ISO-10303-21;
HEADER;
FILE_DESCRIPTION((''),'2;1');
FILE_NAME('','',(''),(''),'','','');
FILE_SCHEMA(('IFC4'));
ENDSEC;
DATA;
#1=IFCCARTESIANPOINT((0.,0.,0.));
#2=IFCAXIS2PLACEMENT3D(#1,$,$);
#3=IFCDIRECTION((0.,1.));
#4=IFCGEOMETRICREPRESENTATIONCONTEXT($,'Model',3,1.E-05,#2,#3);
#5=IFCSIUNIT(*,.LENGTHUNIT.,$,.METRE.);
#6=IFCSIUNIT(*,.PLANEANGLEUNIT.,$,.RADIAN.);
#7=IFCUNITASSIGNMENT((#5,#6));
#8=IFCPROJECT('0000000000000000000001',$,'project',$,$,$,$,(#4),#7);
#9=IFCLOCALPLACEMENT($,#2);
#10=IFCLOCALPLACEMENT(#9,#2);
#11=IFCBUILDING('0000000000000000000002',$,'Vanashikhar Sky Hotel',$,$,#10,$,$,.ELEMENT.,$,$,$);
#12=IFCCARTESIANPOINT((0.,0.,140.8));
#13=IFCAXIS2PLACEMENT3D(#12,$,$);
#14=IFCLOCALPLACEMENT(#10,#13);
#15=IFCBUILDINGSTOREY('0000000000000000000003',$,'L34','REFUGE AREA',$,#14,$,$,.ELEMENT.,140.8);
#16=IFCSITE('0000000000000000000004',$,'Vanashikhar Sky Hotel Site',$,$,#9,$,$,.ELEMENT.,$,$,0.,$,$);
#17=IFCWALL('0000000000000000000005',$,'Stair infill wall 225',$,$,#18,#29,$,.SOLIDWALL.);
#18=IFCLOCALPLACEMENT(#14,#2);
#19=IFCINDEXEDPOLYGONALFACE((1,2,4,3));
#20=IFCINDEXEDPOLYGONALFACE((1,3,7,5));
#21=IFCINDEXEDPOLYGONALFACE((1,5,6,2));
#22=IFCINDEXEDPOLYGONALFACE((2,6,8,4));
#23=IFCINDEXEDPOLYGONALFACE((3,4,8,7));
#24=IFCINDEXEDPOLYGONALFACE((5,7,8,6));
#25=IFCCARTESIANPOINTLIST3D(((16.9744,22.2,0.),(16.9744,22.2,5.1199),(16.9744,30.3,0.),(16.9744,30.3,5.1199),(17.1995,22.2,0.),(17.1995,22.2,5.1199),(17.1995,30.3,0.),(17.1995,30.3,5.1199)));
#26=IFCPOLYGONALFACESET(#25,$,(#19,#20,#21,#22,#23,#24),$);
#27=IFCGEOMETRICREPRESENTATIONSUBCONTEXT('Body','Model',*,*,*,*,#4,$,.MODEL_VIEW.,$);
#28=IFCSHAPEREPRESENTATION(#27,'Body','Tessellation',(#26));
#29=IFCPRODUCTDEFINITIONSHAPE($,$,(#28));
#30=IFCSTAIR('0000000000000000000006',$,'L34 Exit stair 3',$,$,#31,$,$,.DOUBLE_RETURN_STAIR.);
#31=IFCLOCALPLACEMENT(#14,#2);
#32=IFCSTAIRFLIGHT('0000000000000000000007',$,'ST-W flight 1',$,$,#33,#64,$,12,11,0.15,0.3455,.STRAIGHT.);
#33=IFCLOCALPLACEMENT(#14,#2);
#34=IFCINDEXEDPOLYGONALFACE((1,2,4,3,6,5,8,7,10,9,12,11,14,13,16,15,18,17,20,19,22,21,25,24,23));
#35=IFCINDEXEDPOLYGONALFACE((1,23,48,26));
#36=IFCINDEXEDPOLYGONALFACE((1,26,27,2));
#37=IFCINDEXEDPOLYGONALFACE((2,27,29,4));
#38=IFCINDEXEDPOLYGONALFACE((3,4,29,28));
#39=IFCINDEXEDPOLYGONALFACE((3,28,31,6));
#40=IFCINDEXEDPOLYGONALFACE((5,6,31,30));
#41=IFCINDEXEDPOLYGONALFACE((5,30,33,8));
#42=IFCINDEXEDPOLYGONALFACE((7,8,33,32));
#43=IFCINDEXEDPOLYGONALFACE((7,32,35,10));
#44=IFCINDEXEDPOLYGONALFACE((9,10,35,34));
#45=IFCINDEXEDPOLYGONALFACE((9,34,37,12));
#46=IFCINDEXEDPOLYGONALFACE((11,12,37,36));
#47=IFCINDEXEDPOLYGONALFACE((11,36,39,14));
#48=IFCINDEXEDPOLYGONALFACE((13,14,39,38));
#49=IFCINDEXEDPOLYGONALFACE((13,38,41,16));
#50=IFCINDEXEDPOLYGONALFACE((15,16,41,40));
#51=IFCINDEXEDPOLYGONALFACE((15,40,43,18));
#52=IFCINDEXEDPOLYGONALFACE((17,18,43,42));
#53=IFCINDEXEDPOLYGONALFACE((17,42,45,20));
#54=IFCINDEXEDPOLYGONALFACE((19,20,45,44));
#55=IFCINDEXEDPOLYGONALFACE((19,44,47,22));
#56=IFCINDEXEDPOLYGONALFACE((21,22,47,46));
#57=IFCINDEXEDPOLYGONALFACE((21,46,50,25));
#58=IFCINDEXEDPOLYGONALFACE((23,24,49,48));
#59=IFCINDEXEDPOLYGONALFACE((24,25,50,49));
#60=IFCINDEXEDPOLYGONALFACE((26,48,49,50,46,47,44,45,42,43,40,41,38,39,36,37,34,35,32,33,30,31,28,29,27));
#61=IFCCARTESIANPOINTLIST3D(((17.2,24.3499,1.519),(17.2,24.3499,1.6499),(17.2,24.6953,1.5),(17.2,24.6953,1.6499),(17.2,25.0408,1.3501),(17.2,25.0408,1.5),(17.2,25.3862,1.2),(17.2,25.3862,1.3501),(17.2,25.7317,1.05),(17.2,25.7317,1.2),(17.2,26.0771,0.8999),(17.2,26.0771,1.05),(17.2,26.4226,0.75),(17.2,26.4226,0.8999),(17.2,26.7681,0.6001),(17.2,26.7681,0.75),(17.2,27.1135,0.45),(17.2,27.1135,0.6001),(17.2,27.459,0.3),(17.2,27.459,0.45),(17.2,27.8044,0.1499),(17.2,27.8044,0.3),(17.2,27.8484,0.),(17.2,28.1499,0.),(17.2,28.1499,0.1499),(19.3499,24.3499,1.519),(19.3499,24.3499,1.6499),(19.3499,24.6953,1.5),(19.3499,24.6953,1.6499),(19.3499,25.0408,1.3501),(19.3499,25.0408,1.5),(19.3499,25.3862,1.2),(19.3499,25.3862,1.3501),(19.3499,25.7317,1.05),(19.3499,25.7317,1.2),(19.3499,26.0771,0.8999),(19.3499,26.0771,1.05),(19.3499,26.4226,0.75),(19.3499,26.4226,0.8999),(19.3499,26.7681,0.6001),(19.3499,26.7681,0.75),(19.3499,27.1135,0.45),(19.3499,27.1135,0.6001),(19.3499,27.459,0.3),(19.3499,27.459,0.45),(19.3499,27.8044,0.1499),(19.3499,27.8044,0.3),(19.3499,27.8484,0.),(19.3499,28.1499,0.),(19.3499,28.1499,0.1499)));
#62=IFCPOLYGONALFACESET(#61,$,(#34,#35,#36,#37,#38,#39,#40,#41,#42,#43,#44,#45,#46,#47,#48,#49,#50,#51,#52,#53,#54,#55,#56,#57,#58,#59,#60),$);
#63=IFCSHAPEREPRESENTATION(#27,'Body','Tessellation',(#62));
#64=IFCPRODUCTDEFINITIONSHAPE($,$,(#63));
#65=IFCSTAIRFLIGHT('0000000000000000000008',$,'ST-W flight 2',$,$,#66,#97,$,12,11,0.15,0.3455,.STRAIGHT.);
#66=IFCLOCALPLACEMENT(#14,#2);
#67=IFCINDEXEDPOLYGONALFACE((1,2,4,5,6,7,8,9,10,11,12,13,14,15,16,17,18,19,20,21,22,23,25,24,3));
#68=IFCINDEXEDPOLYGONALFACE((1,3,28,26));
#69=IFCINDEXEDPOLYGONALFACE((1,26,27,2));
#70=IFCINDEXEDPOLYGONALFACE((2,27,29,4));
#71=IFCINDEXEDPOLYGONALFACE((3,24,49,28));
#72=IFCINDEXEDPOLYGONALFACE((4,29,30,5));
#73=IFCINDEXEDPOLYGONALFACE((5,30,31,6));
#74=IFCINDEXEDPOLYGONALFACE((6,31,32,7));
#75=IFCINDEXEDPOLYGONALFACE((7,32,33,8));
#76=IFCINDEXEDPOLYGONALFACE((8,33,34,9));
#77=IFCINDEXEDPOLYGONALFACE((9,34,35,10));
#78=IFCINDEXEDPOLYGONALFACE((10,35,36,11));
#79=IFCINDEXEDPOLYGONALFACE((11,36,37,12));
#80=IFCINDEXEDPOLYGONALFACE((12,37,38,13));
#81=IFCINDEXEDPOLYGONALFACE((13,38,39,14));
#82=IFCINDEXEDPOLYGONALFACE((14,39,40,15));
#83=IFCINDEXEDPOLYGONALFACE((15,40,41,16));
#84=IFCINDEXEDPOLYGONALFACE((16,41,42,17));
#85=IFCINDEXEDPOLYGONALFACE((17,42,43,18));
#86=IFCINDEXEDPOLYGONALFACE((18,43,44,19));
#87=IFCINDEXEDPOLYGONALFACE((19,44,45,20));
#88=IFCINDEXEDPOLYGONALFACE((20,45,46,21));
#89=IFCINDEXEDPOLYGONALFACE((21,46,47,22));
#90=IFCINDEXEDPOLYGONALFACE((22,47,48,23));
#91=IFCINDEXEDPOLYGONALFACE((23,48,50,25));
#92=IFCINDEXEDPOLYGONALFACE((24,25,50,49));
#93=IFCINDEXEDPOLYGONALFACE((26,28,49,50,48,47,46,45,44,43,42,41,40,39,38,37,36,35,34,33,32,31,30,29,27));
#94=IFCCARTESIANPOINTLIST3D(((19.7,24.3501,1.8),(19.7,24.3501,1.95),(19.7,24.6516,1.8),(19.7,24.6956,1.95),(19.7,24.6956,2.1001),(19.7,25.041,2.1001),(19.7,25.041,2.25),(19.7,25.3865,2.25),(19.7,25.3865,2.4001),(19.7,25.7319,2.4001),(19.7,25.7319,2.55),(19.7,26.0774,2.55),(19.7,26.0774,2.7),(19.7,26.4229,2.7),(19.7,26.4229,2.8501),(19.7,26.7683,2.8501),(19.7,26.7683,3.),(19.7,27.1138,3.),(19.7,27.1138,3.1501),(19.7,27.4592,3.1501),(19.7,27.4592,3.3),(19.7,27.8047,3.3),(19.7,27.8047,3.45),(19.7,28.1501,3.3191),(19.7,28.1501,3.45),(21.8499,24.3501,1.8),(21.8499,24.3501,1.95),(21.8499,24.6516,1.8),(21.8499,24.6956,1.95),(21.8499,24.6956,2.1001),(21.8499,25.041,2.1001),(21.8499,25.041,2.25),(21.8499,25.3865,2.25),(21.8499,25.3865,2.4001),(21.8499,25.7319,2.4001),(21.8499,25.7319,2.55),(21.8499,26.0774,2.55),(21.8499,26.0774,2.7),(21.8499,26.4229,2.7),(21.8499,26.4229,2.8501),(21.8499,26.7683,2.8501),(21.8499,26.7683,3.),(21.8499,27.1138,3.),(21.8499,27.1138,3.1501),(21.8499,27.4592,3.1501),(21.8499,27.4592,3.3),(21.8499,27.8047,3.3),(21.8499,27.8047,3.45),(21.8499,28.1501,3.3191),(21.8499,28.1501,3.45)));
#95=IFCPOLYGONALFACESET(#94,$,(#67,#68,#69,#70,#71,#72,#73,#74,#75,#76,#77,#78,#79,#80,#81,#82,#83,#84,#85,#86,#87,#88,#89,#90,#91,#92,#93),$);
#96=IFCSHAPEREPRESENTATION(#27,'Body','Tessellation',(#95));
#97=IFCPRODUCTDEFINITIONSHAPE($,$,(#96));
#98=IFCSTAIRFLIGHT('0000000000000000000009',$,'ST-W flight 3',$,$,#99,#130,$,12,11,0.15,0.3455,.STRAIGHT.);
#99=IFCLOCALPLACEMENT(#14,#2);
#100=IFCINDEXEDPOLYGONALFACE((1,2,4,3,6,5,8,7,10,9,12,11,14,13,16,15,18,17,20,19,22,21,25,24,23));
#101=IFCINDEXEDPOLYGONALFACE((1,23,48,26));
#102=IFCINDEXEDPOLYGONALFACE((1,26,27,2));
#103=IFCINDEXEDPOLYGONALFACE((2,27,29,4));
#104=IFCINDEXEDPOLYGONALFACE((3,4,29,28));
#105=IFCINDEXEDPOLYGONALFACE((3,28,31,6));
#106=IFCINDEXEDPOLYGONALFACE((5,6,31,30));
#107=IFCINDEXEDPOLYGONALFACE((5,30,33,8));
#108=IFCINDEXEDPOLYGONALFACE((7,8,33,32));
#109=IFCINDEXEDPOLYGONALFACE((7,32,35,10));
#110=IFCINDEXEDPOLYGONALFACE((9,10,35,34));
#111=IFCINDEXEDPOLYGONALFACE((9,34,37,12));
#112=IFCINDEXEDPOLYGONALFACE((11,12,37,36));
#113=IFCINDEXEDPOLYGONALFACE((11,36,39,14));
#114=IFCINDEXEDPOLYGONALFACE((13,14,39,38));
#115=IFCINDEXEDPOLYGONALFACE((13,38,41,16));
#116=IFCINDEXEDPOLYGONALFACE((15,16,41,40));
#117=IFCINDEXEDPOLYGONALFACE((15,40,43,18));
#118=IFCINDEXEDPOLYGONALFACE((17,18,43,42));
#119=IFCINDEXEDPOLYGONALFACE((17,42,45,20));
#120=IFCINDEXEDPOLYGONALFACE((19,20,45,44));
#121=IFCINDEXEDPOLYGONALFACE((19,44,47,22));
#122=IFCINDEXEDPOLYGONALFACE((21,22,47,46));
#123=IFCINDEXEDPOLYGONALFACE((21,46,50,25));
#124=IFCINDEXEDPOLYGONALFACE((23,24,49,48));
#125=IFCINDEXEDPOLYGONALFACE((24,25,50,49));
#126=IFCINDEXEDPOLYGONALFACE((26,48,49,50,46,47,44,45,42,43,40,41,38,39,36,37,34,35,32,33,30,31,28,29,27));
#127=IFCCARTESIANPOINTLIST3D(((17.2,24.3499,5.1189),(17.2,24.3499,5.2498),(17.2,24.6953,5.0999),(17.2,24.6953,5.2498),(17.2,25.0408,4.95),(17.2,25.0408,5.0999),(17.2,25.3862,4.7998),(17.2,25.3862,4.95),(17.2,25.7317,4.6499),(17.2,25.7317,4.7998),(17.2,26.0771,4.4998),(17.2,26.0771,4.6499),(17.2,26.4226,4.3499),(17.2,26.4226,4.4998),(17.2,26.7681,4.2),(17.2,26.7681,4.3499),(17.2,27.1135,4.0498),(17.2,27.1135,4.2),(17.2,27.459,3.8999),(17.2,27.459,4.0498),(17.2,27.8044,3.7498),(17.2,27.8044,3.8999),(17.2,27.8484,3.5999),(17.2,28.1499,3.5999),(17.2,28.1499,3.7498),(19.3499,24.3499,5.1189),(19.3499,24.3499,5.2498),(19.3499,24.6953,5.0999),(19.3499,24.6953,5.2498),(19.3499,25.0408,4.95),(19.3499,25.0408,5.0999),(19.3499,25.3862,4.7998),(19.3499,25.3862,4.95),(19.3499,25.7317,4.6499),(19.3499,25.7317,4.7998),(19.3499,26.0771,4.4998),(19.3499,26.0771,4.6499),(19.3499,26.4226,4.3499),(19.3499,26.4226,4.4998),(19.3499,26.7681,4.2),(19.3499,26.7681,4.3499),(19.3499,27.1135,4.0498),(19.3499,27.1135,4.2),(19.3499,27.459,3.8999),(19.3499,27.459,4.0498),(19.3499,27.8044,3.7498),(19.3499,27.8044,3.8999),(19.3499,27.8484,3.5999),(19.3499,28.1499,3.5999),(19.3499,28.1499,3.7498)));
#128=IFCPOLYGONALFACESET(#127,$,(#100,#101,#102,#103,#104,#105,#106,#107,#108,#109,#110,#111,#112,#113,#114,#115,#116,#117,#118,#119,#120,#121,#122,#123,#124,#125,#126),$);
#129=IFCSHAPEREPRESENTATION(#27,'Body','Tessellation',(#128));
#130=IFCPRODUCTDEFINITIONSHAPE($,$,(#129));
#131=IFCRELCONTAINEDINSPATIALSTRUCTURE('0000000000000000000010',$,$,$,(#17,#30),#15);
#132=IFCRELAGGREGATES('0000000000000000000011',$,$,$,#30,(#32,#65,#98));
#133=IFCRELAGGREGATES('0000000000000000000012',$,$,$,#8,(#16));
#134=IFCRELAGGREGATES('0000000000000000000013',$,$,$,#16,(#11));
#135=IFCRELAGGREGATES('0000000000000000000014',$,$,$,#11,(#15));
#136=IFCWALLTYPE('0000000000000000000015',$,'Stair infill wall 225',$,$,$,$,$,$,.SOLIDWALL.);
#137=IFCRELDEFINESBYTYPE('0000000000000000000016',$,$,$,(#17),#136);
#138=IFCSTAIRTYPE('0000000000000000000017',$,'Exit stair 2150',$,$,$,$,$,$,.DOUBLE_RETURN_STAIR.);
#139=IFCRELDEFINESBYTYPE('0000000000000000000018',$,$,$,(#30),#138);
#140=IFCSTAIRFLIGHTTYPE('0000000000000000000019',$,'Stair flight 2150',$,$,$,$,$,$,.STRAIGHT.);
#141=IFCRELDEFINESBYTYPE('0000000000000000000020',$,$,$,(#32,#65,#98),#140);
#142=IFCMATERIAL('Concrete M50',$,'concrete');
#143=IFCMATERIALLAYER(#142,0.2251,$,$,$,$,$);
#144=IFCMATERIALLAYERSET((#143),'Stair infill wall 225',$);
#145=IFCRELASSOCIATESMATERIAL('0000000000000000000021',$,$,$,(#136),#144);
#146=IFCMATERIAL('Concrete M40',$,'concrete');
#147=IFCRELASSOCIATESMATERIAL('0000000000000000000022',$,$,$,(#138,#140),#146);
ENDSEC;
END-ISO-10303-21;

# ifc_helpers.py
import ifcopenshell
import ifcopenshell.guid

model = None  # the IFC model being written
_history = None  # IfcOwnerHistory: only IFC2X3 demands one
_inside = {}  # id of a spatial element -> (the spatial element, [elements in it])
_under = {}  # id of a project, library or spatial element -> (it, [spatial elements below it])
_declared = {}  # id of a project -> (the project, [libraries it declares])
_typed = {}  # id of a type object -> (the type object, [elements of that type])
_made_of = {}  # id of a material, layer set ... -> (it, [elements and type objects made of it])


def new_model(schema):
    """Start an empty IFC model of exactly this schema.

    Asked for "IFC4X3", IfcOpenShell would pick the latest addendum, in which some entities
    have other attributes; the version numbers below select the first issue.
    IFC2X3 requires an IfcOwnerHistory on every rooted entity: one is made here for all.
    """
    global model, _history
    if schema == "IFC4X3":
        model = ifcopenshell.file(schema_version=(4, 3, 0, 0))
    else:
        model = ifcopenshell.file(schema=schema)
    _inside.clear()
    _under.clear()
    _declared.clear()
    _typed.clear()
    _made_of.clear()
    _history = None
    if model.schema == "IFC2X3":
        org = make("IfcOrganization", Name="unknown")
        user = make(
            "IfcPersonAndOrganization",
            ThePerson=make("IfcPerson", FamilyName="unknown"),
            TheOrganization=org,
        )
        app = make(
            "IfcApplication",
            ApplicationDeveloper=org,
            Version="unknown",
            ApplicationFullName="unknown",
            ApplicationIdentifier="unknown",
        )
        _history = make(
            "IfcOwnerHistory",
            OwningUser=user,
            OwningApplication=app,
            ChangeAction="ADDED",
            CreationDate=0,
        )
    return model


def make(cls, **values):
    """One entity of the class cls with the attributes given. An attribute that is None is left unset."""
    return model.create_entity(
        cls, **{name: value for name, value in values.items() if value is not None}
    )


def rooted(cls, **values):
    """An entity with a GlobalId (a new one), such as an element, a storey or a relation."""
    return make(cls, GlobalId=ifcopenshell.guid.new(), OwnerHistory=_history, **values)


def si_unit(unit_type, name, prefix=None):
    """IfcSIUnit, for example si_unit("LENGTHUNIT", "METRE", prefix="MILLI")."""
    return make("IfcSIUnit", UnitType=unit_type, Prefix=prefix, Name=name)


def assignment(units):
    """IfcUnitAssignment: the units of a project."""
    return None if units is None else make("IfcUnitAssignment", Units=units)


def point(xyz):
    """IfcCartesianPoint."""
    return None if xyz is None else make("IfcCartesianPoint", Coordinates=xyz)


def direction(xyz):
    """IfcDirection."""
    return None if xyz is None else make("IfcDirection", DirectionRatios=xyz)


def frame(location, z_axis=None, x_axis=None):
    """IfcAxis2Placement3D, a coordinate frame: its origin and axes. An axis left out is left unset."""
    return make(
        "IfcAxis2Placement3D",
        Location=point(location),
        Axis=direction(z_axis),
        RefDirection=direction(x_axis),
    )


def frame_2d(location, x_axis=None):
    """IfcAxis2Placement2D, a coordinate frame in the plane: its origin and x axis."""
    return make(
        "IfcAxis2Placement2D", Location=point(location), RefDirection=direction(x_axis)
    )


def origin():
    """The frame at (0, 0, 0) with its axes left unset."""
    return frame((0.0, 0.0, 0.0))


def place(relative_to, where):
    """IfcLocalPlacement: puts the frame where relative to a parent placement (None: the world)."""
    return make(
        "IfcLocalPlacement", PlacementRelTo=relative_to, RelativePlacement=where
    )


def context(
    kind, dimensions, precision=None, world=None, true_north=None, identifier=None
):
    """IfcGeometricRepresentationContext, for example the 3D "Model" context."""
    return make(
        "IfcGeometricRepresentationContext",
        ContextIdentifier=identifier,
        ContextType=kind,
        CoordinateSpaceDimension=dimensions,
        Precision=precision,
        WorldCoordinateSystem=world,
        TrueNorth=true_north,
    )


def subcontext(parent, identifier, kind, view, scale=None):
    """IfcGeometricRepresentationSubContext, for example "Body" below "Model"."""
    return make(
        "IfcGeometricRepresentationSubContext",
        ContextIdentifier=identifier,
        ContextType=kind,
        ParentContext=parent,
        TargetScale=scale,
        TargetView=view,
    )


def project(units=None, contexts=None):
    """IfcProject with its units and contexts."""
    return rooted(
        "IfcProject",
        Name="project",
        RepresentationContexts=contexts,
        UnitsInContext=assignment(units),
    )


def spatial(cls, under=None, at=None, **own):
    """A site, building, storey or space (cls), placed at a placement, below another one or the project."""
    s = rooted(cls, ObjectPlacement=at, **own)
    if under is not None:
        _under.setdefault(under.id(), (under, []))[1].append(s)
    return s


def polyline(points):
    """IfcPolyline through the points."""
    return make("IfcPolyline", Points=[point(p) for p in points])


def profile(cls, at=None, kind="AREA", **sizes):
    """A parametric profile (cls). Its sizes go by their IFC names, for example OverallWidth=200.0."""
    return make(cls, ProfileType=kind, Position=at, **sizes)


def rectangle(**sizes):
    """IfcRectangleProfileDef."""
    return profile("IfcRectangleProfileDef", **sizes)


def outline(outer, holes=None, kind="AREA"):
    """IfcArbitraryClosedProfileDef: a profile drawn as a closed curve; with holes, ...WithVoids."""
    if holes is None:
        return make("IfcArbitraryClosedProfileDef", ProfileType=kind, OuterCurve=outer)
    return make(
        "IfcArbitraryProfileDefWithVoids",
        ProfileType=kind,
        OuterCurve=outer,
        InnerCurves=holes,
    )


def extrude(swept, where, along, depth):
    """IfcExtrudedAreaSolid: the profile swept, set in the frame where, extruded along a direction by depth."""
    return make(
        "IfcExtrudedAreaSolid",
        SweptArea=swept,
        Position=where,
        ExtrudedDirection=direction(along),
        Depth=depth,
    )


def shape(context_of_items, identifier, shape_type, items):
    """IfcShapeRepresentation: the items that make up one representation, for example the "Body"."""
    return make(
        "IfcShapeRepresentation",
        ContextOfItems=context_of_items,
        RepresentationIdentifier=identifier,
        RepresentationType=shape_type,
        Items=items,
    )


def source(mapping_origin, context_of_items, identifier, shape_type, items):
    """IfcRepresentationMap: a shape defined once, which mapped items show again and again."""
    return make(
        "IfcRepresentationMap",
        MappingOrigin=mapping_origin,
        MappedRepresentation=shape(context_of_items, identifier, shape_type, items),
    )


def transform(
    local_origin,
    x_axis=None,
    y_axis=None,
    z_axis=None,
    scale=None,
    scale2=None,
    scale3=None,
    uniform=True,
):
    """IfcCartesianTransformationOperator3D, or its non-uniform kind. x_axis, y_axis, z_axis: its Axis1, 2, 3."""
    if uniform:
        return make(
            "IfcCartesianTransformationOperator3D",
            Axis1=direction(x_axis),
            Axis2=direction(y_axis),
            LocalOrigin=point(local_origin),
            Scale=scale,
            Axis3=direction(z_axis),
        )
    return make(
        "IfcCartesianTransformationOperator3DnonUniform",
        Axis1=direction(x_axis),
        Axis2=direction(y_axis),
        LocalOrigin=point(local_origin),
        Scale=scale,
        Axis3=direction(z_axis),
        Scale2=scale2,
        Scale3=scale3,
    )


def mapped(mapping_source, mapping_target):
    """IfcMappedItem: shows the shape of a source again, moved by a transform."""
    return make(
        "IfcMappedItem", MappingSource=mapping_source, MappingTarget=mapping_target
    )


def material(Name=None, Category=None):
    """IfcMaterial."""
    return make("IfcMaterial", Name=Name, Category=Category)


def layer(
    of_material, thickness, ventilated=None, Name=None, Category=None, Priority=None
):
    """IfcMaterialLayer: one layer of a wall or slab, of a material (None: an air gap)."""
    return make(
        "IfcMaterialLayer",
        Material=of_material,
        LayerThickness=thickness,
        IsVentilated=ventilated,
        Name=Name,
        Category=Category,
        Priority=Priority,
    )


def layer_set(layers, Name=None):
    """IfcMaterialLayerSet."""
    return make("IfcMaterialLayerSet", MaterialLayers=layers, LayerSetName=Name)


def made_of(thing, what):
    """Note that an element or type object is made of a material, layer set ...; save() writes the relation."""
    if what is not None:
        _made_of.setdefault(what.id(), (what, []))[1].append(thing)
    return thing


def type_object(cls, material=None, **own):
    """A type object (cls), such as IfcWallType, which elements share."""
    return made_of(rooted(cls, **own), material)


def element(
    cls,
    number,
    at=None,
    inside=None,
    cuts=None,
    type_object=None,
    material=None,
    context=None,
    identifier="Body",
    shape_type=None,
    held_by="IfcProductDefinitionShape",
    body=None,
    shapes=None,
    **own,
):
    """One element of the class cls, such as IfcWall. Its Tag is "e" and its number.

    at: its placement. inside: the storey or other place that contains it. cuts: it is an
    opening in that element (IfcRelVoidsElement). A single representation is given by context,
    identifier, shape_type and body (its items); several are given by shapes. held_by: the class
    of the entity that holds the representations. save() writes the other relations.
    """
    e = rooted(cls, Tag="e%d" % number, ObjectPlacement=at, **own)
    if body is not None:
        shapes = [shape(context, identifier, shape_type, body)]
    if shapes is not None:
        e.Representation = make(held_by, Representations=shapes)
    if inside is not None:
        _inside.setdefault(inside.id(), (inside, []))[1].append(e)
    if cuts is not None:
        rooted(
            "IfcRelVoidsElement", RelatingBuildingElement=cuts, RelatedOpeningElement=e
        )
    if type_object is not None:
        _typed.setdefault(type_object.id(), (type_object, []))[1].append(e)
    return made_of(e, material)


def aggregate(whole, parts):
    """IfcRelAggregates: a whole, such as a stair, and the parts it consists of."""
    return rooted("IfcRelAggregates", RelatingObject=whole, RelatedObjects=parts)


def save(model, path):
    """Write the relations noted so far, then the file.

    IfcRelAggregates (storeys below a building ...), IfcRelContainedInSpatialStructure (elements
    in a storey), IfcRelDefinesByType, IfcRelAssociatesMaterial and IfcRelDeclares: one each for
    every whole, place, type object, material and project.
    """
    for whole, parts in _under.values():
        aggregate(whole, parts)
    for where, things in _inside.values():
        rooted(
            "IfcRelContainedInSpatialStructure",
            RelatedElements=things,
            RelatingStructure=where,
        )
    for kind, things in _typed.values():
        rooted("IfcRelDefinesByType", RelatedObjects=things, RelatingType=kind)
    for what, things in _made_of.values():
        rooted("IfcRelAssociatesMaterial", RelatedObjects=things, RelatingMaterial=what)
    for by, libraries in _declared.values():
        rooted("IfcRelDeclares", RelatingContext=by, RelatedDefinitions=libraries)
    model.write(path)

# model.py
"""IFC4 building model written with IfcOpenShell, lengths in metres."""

from ifc_helpers import new_model, si_unit, direction, frame, frame_2d, origin, place, context, subcontext, project, spatial, polyline, rectangle, outline, extrude, source, transform, mapped, material, layer, layer_set, type_object, element, aggregate, save


model = new_model("IFC4")

# Units and contexts
model_context = context("Model", 3, precision=1e-05, world=origin(), true_north=direction((0.0, 1.0)))
body_context = subcontext(model_context, "Body", "Model", "MODEL_VIEW")
ifc_project = project(units=[si_unit("LENGTHUNIT", "METRE"), si_unit("PLANEANGLEUNIT", "RADIAN")], contexts=[model_context])

# Site, building, storey
site_placement = place(None, origin())
site = spatial("IfcSite", under=ifc_project, at=site_placement, Name="Vanashikhar Sky Hotel Site", CompositionType="ELEMENT", RefElevation=0.0)
building_placement = place(site_placement, origin())
building = spatial("IfcBuilding", under=site, at=building_placement, Name="Vanashikhar Sky Hotel", CompositionType="ELEMENT")
storey_placement = place(building_placement, frame((0.0, 0.0, 140.8)))
storey = spatial("IfcBuildingStorey", under=building, at=storey_placement, Name="L34", Description="REFUGE AREA", CompositionType="ELEMENT", Elevation=140.8)

# Shared definitions
ifc_material_1 = material(Name="Concrete M50", Category="concrete")

# Wall
ifc_layer_1 = layer(ifc_material_1, 0.2251)
ifc_layer_set_1 = layer_set([ifc_layer_1], Name="Stair infill wall 225")
wall_type_1 = type_object("IfcWallType", Name="Stair infill wall 225", PredefinedType="SOLIDWALL", material=ifc_layer_set_1)
shared_shape_1 = source(origin(), body_context, "Body", "SweptSolid", [
    extrude(rectangle(XDim=8.1001, YDim=0.2251, at=frame_2d((4.05, 0.0))), origin(), (0.0, 0.0, 1.0), 5.1199),
])
wall_1_placement = place(storey_placement, frame((17.0869, 22.2, 0.0), z_axis=(0.0, 0.0, 1.0), x_axis=(0.0, 1.0, 0.0)))
element("IfcWall", 1, at=wall_1_placement, inside=storey, type_object=wall_type_1, Name="Stair infill wall 225", PredefinedType="SOLIDWALL", context=body_context, shape_type="MappedRepresentation", body=[
    mapped(shared_shape_1, transform((0.0, 0.0, 0.0), scale=1.0)),
])

# Stair, stair flights
ifc_material_2 = material(Name="Concrete M40", Category="concrete")
stair_type = type_object("IfcStairType", Name="Exit stair 2150", PredefinedType="DOUBLE_RETURN_STAIR", material=ifc_material_2)
stair_placement = place(storey_placement, origin())
stair = element("IfcStair", 2, at=stair_placement, inside=storey, type_object=stair_type, Name="L34 Exit stair 3", PredefinedType="DOUBLE_RETURN_STAIR")
stair_flight_type = type_object("IfcStairFlightType", Name="Stair flight 2150", PredefinedType="STRAIGHT", material=ifc_material_2)
shared_shape_2 = source(origin(), body_context, "Body", "SweptSolid", [
    extrude(outline(polyline([(0.0, 0.0), (0.0, 0.1499), (0.3455, 0.1499), (0.3455, 0.3), (0.6909, 0.3), (0.6909, 0.45), (1.0364, 0.45), (1.0364, 0.6001), (1.3818, 0.6001), (1.3818, 0.75), (1.7273, 0.75), (1.7273, 0.8999), (2.0728, 0.8999), (2.0728, 1.05), (2.4182, 1.05), (2.4182, 1.2), (2.7637, 1.2), (2.7637, 1.3501), (3.1091, 1.3501), (3.1091, 1.5), (3.4546, 1.5), (3.4546, 1.6499), (3.8, 1.6499), (3.8, 1.8), (3.8, 1.519), (0.3015, 0.0), (0.0, 0.0)])), frame((0.0, 1.075, 0.0), z_axis=(0.0, -1.0, 0.0), x_axis=(1.0, 0.0, 0.0)), (0.0, 0.0, 1.0), 2.1499),
])
stair_flight_1_placement = place(storey_placement, frame((18.2749, 28.1499, 0.0), z_axis=(0.0, 0.0, 1.0), x_axis=(0.0, -1.0, 0.0)))
stair_flight_1 = element("IfcStairFlight", 3, at=stair_flight_1_placement, type_object=stair_flight_type, Name="ST-W flight 1", NumberOfRisers=12, NumberOfTreads=11, PredefinedType="STRAIGHT", RiserHeight=0.15, TreadLength=0.3455, context=body_context, shape_type="MappedRepresentation", body=[
    mapped(shared_shape_2, transform((0.0, 0.0, 0.0), scale=1.0)),
])
stair_flight_2_placement = place(storey_placement, frame((20.7749, 24.3501, 1.8), z_axis=(0.0, 0.0, 1.0), x_axis=(0.0, 1.0, 0.0)))
stair_flight_2 = element("IfcStairFlight", 4, at=stair_flight_2_placement, type_object=stair_flight_type, Name="ST-W flight 2", NumberOfRisers=12, NumberOfTreads=11, PredefinedType="STRAIGHT", RiserHeight=0.15, TreadLength=0.3455, context=body_context, shape_type="MappedRepresentation", body=[
    mapped(shared_shape_2, transform((0.0, 0.0, 0.0), scale=1.0)),
])
stair_flight_3_placement = place(storey_placement, frame((18.2749, 28.1499, 3.5999), z_axis=(0.0, 0.0, 1.0), x_axis=(0.0, -1.0, 0.0)))
stair_flight_3 = element("IfcStairFlight", 5, at=stair_flight_3_placement, type_object=stair_flight_type, Name="ST-W flight 3", NumberOfRisers=12, NumberOfTreads=11, PredefinedType="STRAIGHT", RiserHeight=0.15, TreadLength=0.3455, context=body_context, shape_type="MappedRepresentation", body=[
    mapped(shared_shape_2, transform((0.0, 0.0, 0.0), scale=1.0)),
])
aggregate(stair, [stair_flight_1, stair_flight_2, stair_flight_3])

save(model, "model.ifc")
